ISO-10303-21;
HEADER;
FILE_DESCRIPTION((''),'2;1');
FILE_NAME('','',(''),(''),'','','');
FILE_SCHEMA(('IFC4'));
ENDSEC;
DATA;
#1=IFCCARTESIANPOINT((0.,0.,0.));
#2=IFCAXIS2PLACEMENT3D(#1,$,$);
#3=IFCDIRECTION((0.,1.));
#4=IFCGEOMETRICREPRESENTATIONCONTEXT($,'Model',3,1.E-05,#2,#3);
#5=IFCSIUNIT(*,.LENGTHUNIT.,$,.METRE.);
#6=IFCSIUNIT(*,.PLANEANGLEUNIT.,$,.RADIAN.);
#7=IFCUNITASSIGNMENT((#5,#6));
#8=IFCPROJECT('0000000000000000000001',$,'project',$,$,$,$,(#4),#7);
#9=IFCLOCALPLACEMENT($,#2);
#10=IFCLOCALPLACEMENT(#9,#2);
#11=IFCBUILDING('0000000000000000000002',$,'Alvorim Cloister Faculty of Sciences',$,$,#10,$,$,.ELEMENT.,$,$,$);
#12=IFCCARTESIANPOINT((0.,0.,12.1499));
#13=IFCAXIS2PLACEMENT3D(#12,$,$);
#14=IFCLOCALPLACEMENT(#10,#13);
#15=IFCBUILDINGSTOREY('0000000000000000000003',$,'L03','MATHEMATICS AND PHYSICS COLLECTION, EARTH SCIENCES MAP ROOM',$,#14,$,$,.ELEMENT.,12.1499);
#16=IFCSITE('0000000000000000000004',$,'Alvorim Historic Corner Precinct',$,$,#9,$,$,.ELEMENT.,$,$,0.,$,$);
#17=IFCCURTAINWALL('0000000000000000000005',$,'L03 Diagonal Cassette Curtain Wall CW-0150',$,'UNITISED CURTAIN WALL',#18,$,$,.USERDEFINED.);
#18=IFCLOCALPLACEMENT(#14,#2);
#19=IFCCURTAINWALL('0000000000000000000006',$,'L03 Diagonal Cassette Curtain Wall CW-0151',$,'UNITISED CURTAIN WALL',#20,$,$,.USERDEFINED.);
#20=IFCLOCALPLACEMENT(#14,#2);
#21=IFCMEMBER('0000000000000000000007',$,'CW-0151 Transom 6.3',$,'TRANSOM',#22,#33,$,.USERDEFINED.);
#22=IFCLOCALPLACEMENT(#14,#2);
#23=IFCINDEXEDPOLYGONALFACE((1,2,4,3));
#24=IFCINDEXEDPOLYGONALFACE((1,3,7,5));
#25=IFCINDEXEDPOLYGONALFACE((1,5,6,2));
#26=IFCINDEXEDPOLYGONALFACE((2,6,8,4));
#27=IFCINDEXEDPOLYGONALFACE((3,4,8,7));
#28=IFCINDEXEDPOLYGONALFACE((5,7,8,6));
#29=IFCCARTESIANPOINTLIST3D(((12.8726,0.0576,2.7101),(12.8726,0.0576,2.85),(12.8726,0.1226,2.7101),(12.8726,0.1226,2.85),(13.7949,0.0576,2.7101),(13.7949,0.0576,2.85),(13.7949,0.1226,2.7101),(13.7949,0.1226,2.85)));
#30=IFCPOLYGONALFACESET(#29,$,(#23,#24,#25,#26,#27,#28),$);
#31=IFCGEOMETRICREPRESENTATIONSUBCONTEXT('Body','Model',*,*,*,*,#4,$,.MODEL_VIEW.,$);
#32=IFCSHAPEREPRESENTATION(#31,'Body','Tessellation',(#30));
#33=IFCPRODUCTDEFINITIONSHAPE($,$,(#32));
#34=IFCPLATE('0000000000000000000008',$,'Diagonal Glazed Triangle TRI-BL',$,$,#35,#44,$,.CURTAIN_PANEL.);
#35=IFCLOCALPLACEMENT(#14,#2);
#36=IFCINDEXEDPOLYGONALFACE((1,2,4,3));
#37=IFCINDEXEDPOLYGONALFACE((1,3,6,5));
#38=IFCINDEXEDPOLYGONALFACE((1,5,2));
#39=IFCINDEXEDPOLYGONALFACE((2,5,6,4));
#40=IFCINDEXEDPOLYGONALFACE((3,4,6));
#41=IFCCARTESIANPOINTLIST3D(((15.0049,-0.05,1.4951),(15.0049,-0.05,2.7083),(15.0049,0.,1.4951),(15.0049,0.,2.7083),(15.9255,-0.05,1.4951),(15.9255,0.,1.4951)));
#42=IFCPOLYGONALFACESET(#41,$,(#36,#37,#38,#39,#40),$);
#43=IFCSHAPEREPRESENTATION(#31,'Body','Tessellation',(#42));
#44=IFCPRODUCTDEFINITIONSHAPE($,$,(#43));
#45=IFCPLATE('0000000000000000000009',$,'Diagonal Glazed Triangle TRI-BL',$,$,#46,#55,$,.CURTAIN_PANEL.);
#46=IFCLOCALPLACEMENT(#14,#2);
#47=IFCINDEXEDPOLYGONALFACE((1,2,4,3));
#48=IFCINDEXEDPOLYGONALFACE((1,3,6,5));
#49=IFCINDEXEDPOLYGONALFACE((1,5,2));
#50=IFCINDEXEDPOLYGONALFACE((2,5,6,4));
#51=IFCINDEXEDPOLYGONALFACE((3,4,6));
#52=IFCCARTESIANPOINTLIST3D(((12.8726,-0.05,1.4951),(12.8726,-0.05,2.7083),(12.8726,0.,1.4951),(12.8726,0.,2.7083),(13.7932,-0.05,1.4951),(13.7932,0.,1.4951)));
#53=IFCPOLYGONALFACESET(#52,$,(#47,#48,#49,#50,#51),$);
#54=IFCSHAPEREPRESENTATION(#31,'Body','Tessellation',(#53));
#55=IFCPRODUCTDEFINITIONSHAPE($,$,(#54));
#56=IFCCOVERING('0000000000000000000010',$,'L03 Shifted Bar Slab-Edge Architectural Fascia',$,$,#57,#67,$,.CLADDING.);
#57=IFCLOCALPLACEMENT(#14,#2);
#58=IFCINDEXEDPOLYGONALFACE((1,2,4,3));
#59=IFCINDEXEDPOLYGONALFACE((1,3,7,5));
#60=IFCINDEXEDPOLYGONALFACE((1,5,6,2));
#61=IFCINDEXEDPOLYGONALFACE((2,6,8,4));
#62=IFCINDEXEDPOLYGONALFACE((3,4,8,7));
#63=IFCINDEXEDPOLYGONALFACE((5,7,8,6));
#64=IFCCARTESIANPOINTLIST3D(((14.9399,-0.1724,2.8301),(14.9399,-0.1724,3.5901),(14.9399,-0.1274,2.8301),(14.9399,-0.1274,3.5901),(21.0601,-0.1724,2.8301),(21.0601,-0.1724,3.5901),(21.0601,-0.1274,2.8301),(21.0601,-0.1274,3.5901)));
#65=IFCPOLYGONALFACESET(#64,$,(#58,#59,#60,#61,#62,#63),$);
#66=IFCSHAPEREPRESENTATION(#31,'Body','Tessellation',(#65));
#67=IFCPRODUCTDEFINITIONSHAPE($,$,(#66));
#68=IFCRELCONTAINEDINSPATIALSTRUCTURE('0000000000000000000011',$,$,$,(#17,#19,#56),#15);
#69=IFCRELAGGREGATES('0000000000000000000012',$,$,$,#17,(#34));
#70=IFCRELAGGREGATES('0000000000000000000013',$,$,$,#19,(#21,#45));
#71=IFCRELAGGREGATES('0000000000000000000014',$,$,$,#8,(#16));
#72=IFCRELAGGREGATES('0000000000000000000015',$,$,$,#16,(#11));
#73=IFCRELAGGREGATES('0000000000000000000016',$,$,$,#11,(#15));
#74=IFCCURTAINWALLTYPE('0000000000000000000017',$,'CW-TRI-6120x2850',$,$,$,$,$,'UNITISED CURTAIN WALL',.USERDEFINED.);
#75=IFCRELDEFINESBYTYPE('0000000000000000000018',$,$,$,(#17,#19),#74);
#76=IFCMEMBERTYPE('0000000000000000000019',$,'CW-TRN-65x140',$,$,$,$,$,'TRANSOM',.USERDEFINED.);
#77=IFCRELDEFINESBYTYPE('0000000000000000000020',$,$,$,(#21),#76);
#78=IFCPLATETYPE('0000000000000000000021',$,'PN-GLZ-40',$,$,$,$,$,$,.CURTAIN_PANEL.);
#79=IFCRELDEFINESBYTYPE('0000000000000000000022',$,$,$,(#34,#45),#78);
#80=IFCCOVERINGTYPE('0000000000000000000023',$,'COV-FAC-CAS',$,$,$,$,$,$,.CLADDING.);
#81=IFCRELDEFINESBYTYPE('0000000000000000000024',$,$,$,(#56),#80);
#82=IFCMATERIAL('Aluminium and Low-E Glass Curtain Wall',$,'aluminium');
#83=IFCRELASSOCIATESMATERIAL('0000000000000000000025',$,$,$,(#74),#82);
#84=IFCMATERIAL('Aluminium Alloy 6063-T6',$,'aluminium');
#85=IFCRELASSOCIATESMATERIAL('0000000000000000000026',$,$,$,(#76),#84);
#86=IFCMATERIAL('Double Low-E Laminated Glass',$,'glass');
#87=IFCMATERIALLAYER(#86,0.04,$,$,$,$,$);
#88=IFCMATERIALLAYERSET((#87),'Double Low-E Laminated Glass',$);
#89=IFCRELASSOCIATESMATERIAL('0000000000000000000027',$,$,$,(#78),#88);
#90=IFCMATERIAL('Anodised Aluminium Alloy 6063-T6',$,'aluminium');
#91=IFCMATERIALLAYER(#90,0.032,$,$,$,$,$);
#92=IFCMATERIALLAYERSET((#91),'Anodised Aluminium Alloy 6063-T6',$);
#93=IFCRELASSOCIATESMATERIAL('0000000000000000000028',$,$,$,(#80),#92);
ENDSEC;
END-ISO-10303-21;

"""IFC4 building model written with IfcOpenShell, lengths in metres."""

from ifc_helpers import new_model, si_unit, direction, frame, origin, origin_2d, place, context, subcontext, project, spatial, polyline, rectangle, outline, extrude, material, layer, layer_set, material_profile, profile_set, type_object, element, aggregate, save


model = new_model("IFC4")

# Units and contexts
model_context = context("Model", 3, precision=1e-05, world=origin(), true_north=direction((0.0, 1.0)))
body_context = subcontext(model_context, "Body", "Model", "MODEL_VIEW")
ifc_project = project(units=[si_unit("LENGTHUNIT", "METRE"), si_unit("PLANEANGLEUNIT", "RADIAN")], contexts=[model_context])

# Site, building, storey
site_placement = place(None, origin())
site = spatial("IfcSite", under=ifc_project, at=site_placement, Name="Alvorim Historic Corner Precinct", CompositionType="ELEMENT", RefElevation=0.0)
building_placement = place(site_placement, origin())
building = spatial("IfcBuilding", under=site, at=building_placement, Name="Alvorim Cloister Faculty of Sciences", CompositionType="ELEMENT")
storey_placement = place(building_placement, frame((0.0, 0.0, 12.1499)))
storey = spatial("IfcBuildingStorey", under=building, at=storey_placement, Name="L03", Description="MATHEMATICS AND PHYSICS COLLECTION, EARTH SCIENCES MAP ROOM", CompositionType="ELEMENT", Elevation=12.1499)

# Curtain walls
ifc_material_1 = material(Name="Aluminium and Low-E Glass Curtain Wall", Category="aluminium")
curtain_wall_type = type_object("IfcCurtainWallType", Name="CW-TRI-6120x2850", ElementType="UNITISED CURTAIN WALL", PredefinedType="USERDEFINED", material=ifc_material_1)
curtain_wall_1_placement = place(storey_placement, origin())
curtain_wall_1 = element("IfcCurtainWall", 1, at=curtain_wall_1_placement, inside=storey, type_object=curtain_wall_type, Name="L03 Diagonal Cassette Curtain Wall CW-0150", ObjectType="UNITISED CURTAIN WALL", PredefinedType="USERDEFINED")
ifc_material_2 = material(Name="Aluminium Alloy 6063-T6", Category="aluminium")
curtain_wall_2_placement = place(storey_placement, origin())
curtain_wall_2 = element("IfcCurtainWall", 2, at=curtain_wall_2_placement, inside=storey, type_object=curtain_wall_type, Name="L03 Diagonal Cassette Curtain Wall CW-0151", ObjectType="UNITISED CURTAIN WALL", PredefinedType="USERDEFINED")

# Member
ifc_material_profile_1 = material_profile(ifc_material_2, rectangle(XDim=0.0649, YDim=0.1399, at=origin_2d()), Name="ALU-TRN-65x140")
ifc_profile_set_1 = profile_set([ifc_material_profile_1], Name="Aluminium Alloy 6063-T6")
member_type_1 = type_object("IfcMemberType", Name="CW-TRN-65x140", ElementType="TRANSOM", PredefinedType="USERDEFINED", material=ifc_profile_set_1)
member_1_placement = place(storey_placement, frame((12.8726, 0.0901, 2.78), z_axis=(1.0, 0.0, 0.0), x_axis=(0.0, 1.0, 0.0)))
member_1 = element("IfcMember", 3, at=member_1_placement, type_object=member_type_1, Name="CW-0151 Transom 6.3", ObjectType="TRANSOM", PredefinedType="USERDEFINED", context=body_context, shape_type="SweptSolid", body=[
    extrude(rectangle(XDim=0.0649, YDim=0.1399, at=origin_2d()), origin(), (0.0, 0.0, 1.0), 0.9224),
])

# Plates
ifc_material_3 = material(Name="Double Low-E Laminated Glass", Category="glass")
ifc_layer_1 = layer(ifc_material_3, 0.04)
ifc_layer_set_1 = layer_set([ifc_layer_1], Name="Double Low-E Laminated Glass")
plate_type = type_object("IfcPlateType", Name="PN-GLZ-40", PredefinedType="CURTAIN_PANEL", material=ifc_layer_set_1)
plate_1_placement = place(storey_placement, frame((15.0049, -0.0249, 1.4951), z_axis=(0.0, 0.0, 1.0), x_axis=(1.0, 0.0, 0.0)))
plate_1 = element("IfcPlate", 4, at=plate_1_placement, type_object=plate_type, Name="Diagonal Glazed Triangle TRI-BL", PredefinedType="CURTAIN_PANEL", context=body_context, shape_type="SweptSolid", body=[
    extrude(outline(polyline([(0.0, 0.0), (0.9207, 0.0), (0.0, 1.2131), (0.0, 0.0)])), frame((0.0, 0.0249, 0.0), z_axis=(0.0, -1.0, 0.0), x_axis=(1.0, 0.0, 0.0)), (0.0, 0.0, 1.0), 0.05),
])
aggregate(curtain_wall_1, [plate_1])
plate_2_placement = place(storey_placement, frame((12.8726, -0.0249, 1.4951), z_axis=(0.0, 0.0, 1.0), x_axis=(1.0, 0.0, 0.0)))
plate_2 = element("IfcPlate", 5, at=plate_2_placement, type_object=plate_type, Name="Diagonal Glazed Triangle TRI-BL", PredefinedType="CURTAIN_PANEL", context=body_context, shape_type="SweptSolid", body=[
    extrude(outline(polyline([(0.0, 0.0), (0.9207, 0.0), (0.0, 1.2131), (0.0, 0.0)])), frame((0.0, 0.0249, 0.0), z_axis=(0.0, -1.0, 0.0), x_axis=(1.0, 0.0, 0.0)), (0.0, 0.0, 1.0), 0.05),
])
aggregate(curtain_wall_2, [member_1, plate_2])

# Covering
ifc_material_4 = material(Name="Anodised Aluminium Alloy 6063-T6", Category="aluminium")
ifc_layer_2 = layer(ifc_material_4, 0.032)
ifc_layer_set_2 = layer_set([ifc_layer_2], Name="Anodised Aluminium Alloy 6063-T6")
covering_type = type_object("IfcCoveringType", Name="COV-FAC-CAS", PredefinedType="CLADDING", material=ifc_layer_set_2)
covering_placement = place(storey_placement, frame((14.9399, -0.1499, 2.8301), z_axis=(0.0, 0.0, 1.0), x_axis=(1.0, 0.0, 0.0)))
element("IfcCovering", 6, at=covering_placement, inside=storey, type_object=covering_type, Name="L03 Shifted Bar Slab-Edge Architectural Fascia", PredefinedType="CLADDING", context=body_context, shape_type="SweptSolid", body=[
    extrude(outline(polyline([(0.0, 0.0), (6.1201, 0.0), (6.1201, 0.76), (0.0, 0.76), (0.0, 0.0)])), frame((0.0, 0.0225, 0.0), z_axis=(0.0, -1.0, 0.0), x_axis=(1.0, 0.0, 0.0)), (0.0, 0.0, 1.0), 0.0449),
])

save(model, "model.ifc")
